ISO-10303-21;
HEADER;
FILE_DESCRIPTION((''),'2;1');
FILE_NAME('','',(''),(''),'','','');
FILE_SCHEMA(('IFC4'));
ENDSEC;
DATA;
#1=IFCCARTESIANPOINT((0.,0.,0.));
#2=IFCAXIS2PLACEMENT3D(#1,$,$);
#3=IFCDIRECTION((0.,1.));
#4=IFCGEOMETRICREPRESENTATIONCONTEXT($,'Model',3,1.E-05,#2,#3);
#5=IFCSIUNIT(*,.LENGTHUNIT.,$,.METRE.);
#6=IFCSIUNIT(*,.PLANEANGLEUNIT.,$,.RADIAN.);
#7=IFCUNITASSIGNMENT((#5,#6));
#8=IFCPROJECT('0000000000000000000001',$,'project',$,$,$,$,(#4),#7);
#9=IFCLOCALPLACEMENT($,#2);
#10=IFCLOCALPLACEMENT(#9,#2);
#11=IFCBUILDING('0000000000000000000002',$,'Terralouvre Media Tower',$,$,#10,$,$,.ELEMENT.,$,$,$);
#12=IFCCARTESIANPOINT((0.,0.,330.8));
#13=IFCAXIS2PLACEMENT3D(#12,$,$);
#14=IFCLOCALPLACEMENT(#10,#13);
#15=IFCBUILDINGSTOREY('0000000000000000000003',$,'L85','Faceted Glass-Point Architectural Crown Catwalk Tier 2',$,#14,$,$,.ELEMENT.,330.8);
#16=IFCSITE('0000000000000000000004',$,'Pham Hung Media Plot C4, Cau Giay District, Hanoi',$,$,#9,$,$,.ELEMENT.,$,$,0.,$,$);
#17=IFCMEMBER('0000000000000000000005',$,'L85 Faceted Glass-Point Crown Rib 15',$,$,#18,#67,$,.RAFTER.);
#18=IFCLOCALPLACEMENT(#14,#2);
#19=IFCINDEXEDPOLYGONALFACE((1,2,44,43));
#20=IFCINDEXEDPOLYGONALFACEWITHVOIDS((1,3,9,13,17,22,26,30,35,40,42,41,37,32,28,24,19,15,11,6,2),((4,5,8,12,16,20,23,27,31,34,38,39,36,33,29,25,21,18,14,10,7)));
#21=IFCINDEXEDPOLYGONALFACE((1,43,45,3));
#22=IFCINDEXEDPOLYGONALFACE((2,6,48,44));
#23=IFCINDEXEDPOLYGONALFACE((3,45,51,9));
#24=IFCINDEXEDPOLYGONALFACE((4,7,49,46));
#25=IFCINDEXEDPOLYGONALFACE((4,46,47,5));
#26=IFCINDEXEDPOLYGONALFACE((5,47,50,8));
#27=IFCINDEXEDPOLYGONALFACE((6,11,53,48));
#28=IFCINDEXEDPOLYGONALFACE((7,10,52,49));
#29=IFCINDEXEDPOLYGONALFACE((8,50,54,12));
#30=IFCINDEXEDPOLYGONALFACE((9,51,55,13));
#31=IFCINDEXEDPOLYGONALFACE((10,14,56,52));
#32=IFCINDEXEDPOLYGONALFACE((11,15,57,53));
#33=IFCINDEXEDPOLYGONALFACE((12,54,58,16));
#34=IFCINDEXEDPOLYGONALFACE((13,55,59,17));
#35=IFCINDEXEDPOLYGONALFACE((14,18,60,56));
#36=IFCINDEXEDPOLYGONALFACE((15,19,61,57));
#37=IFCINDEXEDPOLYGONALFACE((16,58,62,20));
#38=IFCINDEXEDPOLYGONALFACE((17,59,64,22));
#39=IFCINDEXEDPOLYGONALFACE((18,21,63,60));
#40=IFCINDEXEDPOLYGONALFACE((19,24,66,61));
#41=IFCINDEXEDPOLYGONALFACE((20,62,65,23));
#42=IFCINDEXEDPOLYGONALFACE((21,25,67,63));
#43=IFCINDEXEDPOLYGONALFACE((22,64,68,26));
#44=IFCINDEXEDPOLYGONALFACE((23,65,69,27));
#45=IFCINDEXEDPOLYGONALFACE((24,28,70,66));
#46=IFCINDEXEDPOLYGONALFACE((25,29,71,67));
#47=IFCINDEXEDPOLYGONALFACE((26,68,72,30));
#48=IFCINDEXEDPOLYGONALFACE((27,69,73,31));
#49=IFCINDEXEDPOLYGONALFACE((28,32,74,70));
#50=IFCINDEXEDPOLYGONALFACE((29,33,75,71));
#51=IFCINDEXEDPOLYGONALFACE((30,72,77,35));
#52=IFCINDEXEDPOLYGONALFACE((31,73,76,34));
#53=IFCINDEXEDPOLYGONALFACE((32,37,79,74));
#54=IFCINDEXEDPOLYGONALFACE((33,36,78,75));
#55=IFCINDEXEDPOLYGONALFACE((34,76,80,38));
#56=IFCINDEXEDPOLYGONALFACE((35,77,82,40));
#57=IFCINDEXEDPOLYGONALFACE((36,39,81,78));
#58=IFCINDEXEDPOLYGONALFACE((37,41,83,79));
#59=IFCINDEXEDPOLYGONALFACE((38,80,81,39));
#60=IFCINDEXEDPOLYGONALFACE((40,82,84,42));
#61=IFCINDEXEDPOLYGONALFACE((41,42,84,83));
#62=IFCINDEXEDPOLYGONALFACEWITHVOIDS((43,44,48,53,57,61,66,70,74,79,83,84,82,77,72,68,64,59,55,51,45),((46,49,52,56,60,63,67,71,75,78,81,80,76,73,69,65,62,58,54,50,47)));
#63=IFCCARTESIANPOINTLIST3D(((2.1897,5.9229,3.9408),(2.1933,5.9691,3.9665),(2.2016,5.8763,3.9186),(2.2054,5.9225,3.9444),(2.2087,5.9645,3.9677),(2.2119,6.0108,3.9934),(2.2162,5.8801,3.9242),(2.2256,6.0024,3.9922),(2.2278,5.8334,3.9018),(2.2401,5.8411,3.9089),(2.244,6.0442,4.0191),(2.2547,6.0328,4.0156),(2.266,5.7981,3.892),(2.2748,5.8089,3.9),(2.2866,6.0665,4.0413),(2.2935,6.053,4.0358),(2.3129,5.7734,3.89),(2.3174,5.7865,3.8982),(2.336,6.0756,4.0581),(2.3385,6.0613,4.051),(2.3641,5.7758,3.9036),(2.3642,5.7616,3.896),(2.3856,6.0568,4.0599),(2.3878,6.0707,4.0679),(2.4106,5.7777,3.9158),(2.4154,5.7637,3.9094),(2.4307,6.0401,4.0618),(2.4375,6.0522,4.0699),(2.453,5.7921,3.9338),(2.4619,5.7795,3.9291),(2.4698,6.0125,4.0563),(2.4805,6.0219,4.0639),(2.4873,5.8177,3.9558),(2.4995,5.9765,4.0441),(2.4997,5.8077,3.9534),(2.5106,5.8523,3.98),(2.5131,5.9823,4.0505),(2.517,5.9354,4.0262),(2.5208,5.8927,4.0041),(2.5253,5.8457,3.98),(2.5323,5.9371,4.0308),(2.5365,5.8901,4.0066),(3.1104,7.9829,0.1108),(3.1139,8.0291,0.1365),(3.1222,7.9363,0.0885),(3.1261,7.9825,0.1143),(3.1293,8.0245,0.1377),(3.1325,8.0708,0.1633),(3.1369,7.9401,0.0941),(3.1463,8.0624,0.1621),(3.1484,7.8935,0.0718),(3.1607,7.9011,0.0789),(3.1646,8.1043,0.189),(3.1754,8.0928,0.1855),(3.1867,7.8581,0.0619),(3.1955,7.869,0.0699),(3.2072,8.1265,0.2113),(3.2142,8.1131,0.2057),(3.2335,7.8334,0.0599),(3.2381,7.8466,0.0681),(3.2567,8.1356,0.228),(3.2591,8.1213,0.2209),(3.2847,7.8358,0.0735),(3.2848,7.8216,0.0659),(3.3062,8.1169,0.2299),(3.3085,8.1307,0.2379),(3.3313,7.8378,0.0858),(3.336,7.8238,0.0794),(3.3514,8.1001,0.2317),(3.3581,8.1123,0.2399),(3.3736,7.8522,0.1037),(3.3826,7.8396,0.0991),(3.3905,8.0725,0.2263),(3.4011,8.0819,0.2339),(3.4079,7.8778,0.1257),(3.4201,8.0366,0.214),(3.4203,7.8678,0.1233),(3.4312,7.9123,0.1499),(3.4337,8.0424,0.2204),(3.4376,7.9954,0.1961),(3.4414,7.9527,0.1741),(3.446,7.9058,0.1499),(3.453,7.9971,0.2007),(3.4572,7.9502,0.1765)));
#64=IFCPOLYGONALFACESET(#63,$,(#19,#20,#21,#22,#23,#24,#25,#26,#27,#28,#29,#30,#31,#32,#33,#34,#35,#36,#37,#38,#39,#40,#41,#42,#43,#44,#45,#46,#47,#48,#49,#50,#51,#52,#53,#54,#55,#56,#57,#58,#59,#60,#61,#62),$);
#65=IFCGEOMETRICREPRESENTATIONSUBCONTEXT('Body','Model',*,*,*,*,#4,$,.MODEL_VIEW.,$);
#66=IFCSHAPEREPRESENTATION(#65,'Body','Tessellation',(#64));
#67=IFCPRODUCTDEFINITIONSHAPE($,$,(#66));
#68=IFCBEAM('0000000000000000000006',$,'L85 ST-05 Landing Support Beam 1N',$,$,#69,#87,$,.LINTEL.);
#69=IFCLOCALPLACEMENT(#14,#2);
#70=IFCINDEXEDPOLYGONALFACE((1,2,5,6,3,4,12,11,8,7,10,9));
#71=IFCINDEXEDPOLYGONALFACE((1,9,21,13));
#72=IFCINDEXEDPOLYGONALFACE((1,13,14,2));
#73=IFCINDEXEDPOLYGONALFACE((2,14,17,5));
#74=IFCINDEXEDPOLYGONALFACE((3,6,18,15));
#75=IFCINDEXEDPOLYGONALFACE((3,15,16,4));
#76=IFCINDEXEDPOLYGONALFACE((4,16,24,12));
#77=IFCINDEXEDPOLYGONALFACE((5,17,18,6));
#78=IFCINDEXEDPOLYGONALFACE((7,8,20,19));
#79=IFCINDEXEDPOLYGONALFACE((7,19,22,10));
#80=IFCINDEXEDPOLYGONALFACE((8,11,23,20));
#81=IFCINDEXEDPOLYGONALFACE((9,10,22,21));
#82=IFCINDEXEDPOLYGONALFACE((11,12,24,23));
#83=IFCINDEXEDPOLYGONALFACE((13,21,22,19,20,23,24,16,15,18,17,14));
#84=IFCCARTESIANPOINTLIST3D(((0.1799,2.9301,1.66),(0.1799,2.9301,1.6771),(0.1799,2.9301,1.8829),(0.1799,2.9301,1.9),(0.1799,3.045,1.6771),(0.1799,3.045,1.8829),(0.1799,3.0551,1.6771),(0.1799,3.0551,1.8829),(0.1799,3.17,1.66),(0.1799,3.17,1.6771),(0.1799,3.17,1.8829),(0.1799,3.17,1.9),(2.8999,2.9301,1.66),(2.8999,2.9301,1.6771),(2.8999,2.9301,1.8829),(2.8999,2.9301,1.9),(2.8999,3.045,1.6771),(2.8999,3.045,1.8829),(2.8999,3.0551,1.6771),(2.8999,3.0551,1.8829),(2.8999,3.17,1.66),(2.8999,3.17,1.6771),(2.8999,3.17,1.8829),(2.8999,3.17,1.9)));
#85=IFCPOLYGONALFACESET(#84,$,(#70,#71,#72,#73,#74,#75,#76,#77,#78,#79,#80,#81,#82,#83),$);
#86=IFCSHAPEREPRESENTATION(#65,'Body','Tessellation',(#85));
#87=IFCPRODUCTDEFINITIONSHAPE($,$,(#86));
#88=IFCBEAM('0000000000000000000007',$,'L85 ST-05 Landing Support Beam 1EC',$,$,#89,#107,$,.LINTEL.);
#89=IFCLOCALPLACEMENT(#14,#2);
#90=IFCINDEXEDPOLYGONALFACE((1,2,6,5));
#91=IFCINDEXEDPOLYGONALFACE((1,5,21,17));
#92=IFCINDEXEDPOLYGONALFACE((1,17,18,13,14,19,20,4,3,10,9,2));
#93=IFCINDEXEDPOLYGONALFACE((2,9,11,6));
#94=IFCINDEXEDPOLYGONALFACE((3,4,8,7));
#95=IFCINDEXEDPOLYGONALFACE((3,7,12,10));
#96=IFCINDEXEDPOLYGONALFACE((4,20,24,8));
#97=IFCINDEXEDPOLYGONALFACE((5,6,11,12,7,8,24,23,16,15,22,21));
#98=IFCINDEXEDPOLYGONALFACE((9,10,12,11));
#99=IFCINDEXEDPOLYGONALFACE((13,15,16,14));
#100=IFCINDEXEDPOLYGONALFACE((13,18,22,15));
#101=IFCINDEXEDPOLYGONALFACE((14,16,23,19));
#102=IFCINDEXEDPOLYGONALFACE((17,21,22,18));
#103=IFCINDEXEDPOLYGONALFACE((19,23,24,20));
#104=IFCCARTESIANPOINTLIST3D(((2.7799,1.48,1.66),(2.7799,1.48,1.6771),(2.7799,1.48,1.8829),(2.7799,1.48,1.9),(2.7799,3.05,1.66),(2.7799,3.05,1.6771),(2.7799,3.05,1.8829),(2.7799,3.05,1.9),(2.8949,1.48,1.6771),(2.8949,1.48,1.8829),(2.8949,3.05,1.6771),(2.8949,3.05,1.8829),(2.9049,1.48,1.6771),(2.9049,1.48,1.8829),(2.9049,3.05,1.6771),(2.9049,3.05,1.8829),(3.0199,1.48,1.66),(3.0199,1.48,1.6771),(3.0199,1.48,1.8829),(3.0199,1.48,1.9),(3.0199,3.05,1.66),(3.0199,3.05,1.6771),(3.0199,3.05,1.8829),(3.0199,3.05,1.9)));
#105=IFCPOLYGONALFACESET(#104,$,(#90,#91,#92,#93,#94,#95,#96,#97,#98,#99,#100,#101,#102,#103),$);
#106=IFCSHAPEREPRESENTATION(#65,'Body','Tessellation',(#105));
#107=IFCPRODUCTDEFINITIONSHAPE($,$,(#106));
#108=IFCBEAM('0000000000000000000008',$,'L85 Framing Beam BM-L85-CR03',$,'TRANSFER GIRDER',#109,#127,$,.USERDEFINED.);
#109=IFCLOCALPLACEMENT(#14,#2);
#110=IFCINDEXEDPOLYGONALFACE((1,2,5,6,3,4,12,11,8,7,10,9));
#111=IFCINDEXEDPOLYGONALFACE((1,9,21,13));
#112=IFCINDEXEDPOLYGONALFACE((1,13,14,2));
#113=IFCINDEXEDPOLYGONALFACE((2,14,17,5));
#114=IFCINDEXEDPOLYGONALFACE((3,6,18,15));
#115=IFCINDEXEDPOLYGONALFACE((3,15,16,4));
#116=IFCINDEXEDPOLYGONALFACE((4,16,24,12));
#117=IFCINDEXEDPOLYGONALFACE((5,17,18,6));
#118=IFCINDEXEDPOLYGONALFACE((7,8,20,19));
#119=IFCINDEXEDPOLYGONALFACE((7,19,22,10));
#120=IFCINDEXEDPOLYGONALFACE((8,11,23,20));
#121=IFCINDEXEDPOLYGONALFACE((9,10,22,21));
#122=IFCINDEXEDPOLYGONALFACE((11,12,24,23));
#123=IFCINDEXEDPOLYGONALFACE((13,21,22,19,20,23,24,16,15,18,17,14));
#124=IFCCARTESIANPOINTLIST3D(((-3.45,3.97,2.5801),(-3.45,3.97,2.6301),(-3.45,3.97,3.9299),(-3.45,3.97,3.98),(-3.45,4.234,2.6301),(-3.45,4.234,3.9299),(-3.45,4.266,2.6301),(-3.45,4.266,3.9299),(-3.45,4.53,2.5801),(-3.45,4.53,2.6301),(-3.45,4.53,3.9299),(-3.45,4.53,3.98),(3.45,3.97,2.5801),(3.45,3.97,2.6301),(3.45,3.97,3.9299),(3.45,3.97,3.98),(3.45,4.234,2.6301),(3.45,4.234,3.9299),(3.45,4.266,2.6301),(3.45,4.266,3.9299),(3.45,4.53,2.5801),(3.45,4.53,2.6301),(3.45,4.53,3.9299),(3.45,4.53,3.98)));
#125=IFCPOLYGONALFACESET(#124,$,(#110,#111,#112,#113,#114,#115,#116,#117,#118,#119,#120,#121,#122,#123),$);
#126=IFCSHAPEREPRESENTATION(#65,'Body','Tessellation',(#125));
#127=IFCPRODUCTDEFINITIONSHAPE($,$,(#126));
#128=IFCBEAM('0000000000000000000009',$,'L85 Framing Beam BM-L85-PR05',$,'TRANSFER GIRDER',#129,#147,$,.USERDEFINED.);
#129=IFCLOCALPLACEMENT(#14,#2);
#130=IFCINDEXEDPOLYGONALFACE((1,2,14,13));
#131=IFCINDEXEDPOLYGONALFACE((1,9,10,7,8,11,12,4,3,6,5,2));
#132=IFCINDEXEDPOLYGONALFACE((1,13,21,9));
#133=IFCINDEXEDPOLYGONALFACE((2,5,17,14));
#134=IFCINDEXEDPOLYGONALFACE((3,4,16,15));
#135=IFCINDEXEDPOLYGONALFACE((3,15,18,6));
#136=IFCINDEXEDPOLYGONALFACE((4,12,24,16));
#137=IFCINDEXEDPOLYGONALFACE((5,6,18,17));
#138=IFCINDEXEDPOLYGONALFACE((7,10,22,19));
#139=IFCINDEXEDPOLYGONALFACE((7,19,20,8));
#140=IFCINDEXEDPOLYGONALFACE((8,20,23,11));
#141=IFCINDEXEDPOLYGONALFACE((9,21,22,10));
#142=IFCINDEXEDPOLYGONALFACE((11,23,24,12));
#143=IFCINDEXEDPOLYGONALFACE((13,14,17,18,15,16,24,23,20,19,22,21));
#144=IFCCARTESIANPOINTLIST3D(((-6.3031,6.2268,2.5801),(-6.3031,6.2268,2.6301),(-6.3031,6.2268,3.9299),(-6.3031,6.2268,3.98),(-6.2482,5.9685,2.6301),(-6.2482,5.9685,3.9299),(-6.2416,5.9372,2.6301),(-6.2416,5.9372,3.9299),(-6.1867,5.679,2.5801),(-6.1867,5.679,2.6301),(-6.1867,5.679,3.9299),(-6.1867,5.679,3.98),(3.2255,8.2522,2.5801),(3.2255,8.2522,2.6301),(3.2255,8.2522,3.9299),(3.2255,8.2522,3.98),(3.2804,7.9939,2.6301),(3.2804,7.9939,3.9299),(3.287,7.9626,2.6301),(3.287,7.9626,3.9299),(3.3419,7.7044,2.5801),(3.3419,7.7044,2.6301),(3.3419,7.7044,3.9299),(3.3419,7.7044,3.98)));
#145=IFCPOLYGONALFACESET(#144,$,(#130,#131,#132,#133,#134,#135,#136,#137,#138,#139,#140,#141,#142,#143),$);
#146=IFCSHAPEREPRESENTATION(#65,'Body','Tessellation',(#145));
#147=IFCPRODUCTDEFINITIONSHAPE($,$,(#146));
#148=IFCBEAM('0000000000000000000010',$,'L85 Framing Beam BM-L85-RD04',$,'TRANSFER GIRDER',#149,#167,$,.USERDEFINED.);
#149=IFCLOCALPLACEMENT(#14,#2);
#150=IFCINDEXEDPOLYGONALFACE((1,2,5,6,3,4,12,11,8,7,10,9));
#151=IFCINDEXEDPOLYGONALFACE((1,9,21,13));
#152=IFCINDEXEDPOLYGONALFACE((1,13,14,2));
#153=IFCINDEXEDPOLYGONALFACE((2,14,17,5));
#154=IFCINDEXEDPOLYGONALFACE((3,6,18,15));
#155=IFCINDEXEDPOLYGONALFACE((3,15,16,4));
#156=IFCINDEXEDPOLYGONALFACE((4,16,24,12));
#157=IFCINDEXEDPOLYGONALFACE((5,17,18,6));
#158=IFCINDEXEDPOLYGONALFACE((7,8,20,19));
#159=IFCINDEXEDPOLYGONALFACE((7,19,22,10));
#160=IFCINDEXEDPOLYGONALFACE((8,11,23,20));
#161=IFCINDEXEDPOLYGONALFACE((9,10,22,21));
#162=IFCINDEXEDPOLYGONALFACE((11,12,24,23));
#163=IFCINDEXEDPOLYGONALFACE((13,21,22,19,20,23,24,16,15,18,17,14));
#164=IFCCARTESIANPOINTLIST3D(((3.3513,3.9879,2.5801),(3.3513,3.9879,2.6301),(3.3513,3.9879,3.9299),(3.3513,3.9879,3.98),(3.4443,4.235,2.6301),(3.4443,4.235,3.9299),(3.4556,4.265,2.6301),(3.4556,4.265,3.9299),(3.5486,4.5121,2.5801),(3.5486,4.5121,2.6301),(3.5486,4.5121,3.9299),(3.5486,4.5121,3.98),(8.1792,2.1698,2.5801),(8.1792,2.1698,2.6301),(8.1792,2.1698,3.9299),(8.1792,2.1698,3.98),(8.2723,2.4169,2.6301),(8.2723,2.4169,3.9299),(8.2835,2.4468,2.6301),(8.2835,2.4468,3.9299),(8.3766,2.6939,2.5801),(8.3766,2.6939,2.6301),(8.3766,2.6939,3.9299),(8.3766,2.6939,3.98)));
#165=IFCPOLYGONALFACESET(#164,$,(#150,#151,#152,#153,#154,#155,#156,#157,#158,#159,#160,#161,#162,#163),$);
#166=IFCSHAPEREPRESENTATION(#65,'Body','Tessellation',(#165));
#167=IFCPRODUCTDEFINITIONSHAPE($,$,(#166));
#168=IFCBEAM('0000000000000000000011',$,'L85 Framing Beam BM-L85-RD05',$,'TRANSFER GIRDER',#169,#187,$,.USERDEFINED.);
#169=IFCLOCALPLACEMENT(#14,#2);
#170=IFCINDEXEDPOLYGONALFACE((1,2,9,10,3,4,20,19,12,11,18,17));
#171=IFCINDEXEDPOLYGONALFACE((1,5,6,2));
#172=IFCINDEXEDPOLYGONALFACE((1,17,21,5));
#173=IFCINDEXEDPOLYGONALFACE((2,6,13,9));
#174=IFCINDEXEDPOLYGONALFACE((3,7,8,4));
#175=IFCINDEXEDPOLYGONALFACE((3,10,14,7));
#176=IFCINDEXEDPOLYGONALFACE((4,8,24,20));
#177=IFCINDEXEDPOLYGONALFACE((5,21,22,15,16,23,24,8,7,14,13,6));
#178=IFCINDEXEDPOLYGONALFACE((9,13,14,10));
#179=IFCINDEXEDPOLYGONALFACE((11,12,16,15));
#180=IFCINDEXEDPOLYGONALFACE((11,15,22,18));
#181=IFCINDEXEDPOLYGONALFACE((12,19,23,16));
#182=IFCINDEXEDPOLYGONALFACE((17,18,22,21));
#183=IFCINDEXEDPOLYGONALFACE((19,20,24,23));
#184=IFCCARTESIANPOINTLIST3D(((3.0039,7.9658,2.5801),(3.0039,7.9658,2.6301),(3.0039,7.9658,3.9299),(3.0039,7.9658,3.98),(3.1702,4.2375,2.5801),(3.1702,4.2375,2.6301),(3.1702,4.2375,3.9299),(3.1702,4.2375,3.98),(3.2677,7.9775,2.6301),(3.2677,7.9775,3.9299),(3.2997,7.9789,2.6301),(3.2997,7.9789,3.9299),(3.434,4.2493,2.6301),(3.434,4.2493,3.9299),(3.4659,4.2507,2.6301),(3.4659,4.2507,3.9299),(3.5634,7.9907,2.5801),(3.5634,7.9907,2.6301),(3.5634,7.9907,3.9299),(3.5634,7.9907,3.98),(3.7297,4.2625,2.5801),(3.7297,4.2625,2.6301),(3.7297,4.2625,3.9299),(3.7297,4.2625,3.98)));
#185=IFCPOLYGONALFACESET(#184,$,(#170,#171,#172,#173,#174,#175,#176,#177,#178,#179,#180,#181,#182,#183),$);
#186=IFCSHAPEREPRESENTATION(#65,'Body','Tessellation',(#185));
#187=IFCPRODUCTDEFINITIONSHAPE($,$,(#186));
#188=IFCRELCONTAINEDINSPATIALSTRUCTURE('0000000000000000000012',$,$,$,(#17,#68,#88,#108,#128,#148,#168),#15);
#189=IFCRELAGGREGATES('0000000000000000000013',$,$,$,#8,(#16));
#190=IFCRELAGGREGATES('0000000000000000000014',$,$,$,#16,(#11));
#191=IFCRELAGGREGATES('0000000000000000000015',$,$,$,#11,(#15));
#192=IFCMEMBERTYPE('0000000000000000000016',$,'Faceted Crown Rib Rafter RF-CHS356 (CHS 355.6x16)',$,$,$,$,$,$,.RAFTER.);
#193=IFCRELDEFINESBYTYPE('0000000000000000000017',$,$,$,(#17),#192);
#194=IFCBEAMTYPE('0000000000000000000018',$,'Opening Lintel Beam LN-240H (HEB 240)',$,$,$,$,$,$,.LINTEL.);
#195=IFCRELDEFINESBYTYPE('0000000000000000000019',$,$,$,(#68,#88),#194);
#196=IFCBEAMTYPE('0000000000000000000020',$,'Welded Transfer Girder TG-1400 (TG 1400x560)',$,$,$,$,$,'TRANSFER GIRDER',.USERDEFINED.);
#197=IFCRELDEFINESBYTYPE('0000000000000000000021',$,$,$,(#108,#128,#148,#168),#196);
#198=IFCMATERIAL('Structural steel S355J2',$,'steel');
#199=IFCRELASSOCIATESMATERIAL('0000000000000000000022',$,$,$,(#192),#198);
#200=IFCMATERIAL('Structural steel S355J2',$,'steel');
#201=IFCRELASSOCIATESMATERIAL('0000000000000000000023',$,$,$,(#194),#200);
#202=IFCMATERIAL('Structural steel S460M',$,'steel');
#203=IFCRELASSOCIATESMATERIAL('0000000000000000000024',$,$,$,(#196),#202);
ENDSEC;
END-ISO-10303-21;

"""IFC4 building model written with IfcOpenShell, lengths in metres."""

from ifc_helpers import new_model, si_unit, direction, frame, origin, origin_2d, place, context, subcontext, project, spatial, hollow_circle, i_section, extrude, material, material_profile, profile_set, type_object, element, save


model = new_model("IFC4")

# Units and contexts
model_context = context("Model", 3, precision=1e-05, world=origin(), true_north=direction((0.0, 1.0)))
body_context = subcontext(model_context, "Body", "Model", "MODEL_VIEW")
ifc_project = project(units=[si_unit("LENGTHUNIT", "METRE"), si_unit("PLANEANGLEUNIT", "RADIAN")], contexts=[model_context])

# Site, building, storey
site_placement = place(None, origin())
site = spatial("IfcSite", under=ifc_project, at=site_placement, Name="Pham Hung Media Plot C4, Cau Giay District, Hanoi", CompositionType="ELEMENT", RefElevation=0.0)
building_placement = place(site_placement, origin())
building = spatial("IfcBuilding", under=site, at=building_placement, Name="Terralouvre Media Tower", CompositionType="ELEMENT")
storey_placement = place(building_placement, frame((0.0, 0.0, 330.8)))
storey = spatial("IfcBuildingStorey", under=building, at=storey_placement, Name="L85", Description="Faceted Glass-Point Architectural Crown Catwalk Tier 2", CompositionType="ELEMENT", Elevation=330.8)

# Member
ifc_material_1 = material(Name="Structural steel S355J2", Category="steel")
ifc_material_profile_1 = material_profile(ifc_material_1, hollow_circle(Radius=0.1777, WallThickness=0.0161, at=origin_2d()), Name="CHS 355.6x16")
ifc_profile_set_1 = profile_set([ifc_material_profile_1], Name="Structural steel S355J2")
member_type = type_object("IfcMemberType", Name="Faceted Crown Rib Rafter RF-CHS356 (CHS 355.6x16)", PredefinedType="RAFTER", material=ifc_profile_set_1)
member_placement = place(storey_placement, frame((3.2837, 7.9783, 0.1499), z_axis=(-0.207106, -0.463421, 0.861596), x_axis=(0.912975, -0.408015, 0.0)))
element("IfcMember", 1, at=member_placement, inside=storey, type_object=member_type, Name="L85 Faceted Glass-Point Crown Rib 15", PredefinedType="RAFTER", context=body_context, shape_type="SweptSolid", body=[
    extrude(hollow_circle(Radius=0.1777, WallThickness=0.0161, at=origin_2d()), origin(), (0.0, 0.0, 1.0), 4.4453),
])

# Beams
ifc_material_2 = material(Name="Structural steel S355J2", Category="steel")
ifc_material_profile_2 = material_profile(ifc_material_2, i_section(OverallWidth=0.24, OverallDepth=0.24, WebThickness=0.01, FlangeThickness=0.0171, at=origin_2d()), Name="HEB 240")
ifc_profile_set_2 = profile_set([ifc_material_profile_2], Name="Structural steel S355J2")
beam_type_1 = type_object("IfcBeamType", Name="Opening Lintel Beam LN-240H (HEB 240)", PredefinedType="LINTEL", material=ifc_profile_set_2)
beam_1_placement = place(storey_placement, frame((0.1799, 3.05, 1.78), z_axis=(1.0, 0.0, 0.0), x_axis=(0.0, 1.0, 0.0)))
element("IfcBeam", 2, at=beam_1_placement, inside=storey, type_object=beam_type_1, Name="L85 ST-05 Landing Support Beam 1N", PredefinedType="LINTEL", context=body_context, shape_type="SweptSolid", body=[
    extrude(i_section(OverallWidth=0.24, OverallDepth=0.24, WebThickness=0.01, FlangeThickness=0.0171, at=origin_2d()), origin(), (0.0, 0.0, 1.0), 2.72),
])
beam_2_placement = place(storey_placement, frame((2.8999, 1.48, 1.78), z_axis=(0.0, 1.0, 0.0), x_axis=(-1.0, 0.0, 0.0)))
element("IfcBeam", 3, at=beam_2_placement, inside=storey, type_object=beam_type_1, Name="L85 ST-05 Landing Support Beam 1EC", PredefinedType="LINTEL", context=body_context, shape_type="SweptSolid", body=[
    extrude(i_section(OverallWidth=0.24, OverallDepth=0.24, WebThickness=0.01, FlangeThickness=0.0171, at=origin_2d()), origin(), (0.0, 0.0, 1.0), 1.5701),
])
ifc_material_3 = material(Name="Structural steel S460M", Category="steel")
ifc_material_profile_3 = material_profile(ifc_material_3, i_section(OverallWidth=0.5601, OverallDepth=1.3999, WebThickness=0.032, FlangeThickness=0.05, at=origin_2d()), Name="TG 1400x560")
ifc_profile_set_3 = profile_set([ifc_material_profile_3], Name="Structural steel S460M")
beam_type_2 = type_object("IfcBeamType", Name="Welded Transfer Girder TG-1400 (TG 1400x560)", ElementType="TRANSFER GIRDER", PredefinedType="USERDEFINED", material=ifc_profile_set_3)
beam_3_placement = place(storey_placement, frame((3.45, 4.25, 3.28), z_axis=(-1.0, 0.0, 0.0), x_axis=(0.0, -1.0, 0.0)))
element("IfcBeam", 4, at=beam_3_placement, inside=storey, type_object=beam_type_2, Name="L85 Framing Beam BM-L85-CR03", ObjectType="TRANSFER GIRDER", PredefinedType="USERDEFINED", context=body_context, shape_type="SweptSolid", body=[
    extrude(i_section(OverallWidth=0.5601, OverallDepth=1.3999, WebThickness=0.032, FlangeThickness=0.05, at=origin_2d()), origin(), (0.0, 0.0, 1.0), 6.8999),
])
beam_4_placement = place(storey_placement, frame((3.2837, 7.9783, 3.28), z_axis=(-0.978147, -0.207915, 0.0), x_axis=(0.207915, -0.978147, 0.0)))
element("IfcBeam", 5, at=beam_4_placement, inside=storey, type_object=beam_type_2, Name="L85 Framing Beam BM-L85-PR05", ObjectType="TRANSFER GIRDER", PredefinedType="USERDEFINED", context=body_context, shape_type="SweptSolid", body=[
    extrude(i_section(OverallWidth=0.5601, OverallDepth=1.3999, WebThickness=0.032, FlangeThickness=0.05, at=origin_2d()), origin(), (0.0, 0.0, 1.0), 9.7415),
])
beam_5_placement = place(storey_placement, frame((3.45, 4.25, 3.28), z_axis=(0.93584, -0.352425, 0.0), x_axis=(0.352425, 0.93584, 0.0)))
element("IfcBeam", 6, at=beam_5_placement, inside=storey, type_object=beam_type_2, Name="L85 Framing Beam BM-L85-RD04", ObjectType="TRANSFER GIRDER", PredefinedType="USERDEFINED", context=body_context, shape_type="SweptSolid", body=[
    extrude(i_section(OverallWidth=0.5601, OverallDepth=1.3999, WebThickness=0.032, FlangeThickness=0.05, at=origin_2d()), origin(), (0.0, 0.0, 1.0), 5.1589),
])
beam_6_placement = place(storey_placement, frame((3.45, 4.25, 3.28), z_axis=(-0.04455, 0.999007, 0.0), x_axis=(-0.999007, -0.04455, 0.0)))
element("IfcBeam", 7, at=beam_6_placement, inside=storey, type_object=beam_type_2, Name="L85 Framing Beam BM-L85-RD05", ObjectType="TRANSFER GIRDER", PredefinedType="USERDEFINED", context=body_context, shape_type="SweptSolid", body=[
    extrude(i_section(OverallWidth=0.5601, OverallDepth=1.3999, WebThickness=0.032, FlangeThickness=0.05, at=origin_2d()), origin(), (0.0, 0.0, 1.0), 3.7319),
])

save(model, "model.ifc")
